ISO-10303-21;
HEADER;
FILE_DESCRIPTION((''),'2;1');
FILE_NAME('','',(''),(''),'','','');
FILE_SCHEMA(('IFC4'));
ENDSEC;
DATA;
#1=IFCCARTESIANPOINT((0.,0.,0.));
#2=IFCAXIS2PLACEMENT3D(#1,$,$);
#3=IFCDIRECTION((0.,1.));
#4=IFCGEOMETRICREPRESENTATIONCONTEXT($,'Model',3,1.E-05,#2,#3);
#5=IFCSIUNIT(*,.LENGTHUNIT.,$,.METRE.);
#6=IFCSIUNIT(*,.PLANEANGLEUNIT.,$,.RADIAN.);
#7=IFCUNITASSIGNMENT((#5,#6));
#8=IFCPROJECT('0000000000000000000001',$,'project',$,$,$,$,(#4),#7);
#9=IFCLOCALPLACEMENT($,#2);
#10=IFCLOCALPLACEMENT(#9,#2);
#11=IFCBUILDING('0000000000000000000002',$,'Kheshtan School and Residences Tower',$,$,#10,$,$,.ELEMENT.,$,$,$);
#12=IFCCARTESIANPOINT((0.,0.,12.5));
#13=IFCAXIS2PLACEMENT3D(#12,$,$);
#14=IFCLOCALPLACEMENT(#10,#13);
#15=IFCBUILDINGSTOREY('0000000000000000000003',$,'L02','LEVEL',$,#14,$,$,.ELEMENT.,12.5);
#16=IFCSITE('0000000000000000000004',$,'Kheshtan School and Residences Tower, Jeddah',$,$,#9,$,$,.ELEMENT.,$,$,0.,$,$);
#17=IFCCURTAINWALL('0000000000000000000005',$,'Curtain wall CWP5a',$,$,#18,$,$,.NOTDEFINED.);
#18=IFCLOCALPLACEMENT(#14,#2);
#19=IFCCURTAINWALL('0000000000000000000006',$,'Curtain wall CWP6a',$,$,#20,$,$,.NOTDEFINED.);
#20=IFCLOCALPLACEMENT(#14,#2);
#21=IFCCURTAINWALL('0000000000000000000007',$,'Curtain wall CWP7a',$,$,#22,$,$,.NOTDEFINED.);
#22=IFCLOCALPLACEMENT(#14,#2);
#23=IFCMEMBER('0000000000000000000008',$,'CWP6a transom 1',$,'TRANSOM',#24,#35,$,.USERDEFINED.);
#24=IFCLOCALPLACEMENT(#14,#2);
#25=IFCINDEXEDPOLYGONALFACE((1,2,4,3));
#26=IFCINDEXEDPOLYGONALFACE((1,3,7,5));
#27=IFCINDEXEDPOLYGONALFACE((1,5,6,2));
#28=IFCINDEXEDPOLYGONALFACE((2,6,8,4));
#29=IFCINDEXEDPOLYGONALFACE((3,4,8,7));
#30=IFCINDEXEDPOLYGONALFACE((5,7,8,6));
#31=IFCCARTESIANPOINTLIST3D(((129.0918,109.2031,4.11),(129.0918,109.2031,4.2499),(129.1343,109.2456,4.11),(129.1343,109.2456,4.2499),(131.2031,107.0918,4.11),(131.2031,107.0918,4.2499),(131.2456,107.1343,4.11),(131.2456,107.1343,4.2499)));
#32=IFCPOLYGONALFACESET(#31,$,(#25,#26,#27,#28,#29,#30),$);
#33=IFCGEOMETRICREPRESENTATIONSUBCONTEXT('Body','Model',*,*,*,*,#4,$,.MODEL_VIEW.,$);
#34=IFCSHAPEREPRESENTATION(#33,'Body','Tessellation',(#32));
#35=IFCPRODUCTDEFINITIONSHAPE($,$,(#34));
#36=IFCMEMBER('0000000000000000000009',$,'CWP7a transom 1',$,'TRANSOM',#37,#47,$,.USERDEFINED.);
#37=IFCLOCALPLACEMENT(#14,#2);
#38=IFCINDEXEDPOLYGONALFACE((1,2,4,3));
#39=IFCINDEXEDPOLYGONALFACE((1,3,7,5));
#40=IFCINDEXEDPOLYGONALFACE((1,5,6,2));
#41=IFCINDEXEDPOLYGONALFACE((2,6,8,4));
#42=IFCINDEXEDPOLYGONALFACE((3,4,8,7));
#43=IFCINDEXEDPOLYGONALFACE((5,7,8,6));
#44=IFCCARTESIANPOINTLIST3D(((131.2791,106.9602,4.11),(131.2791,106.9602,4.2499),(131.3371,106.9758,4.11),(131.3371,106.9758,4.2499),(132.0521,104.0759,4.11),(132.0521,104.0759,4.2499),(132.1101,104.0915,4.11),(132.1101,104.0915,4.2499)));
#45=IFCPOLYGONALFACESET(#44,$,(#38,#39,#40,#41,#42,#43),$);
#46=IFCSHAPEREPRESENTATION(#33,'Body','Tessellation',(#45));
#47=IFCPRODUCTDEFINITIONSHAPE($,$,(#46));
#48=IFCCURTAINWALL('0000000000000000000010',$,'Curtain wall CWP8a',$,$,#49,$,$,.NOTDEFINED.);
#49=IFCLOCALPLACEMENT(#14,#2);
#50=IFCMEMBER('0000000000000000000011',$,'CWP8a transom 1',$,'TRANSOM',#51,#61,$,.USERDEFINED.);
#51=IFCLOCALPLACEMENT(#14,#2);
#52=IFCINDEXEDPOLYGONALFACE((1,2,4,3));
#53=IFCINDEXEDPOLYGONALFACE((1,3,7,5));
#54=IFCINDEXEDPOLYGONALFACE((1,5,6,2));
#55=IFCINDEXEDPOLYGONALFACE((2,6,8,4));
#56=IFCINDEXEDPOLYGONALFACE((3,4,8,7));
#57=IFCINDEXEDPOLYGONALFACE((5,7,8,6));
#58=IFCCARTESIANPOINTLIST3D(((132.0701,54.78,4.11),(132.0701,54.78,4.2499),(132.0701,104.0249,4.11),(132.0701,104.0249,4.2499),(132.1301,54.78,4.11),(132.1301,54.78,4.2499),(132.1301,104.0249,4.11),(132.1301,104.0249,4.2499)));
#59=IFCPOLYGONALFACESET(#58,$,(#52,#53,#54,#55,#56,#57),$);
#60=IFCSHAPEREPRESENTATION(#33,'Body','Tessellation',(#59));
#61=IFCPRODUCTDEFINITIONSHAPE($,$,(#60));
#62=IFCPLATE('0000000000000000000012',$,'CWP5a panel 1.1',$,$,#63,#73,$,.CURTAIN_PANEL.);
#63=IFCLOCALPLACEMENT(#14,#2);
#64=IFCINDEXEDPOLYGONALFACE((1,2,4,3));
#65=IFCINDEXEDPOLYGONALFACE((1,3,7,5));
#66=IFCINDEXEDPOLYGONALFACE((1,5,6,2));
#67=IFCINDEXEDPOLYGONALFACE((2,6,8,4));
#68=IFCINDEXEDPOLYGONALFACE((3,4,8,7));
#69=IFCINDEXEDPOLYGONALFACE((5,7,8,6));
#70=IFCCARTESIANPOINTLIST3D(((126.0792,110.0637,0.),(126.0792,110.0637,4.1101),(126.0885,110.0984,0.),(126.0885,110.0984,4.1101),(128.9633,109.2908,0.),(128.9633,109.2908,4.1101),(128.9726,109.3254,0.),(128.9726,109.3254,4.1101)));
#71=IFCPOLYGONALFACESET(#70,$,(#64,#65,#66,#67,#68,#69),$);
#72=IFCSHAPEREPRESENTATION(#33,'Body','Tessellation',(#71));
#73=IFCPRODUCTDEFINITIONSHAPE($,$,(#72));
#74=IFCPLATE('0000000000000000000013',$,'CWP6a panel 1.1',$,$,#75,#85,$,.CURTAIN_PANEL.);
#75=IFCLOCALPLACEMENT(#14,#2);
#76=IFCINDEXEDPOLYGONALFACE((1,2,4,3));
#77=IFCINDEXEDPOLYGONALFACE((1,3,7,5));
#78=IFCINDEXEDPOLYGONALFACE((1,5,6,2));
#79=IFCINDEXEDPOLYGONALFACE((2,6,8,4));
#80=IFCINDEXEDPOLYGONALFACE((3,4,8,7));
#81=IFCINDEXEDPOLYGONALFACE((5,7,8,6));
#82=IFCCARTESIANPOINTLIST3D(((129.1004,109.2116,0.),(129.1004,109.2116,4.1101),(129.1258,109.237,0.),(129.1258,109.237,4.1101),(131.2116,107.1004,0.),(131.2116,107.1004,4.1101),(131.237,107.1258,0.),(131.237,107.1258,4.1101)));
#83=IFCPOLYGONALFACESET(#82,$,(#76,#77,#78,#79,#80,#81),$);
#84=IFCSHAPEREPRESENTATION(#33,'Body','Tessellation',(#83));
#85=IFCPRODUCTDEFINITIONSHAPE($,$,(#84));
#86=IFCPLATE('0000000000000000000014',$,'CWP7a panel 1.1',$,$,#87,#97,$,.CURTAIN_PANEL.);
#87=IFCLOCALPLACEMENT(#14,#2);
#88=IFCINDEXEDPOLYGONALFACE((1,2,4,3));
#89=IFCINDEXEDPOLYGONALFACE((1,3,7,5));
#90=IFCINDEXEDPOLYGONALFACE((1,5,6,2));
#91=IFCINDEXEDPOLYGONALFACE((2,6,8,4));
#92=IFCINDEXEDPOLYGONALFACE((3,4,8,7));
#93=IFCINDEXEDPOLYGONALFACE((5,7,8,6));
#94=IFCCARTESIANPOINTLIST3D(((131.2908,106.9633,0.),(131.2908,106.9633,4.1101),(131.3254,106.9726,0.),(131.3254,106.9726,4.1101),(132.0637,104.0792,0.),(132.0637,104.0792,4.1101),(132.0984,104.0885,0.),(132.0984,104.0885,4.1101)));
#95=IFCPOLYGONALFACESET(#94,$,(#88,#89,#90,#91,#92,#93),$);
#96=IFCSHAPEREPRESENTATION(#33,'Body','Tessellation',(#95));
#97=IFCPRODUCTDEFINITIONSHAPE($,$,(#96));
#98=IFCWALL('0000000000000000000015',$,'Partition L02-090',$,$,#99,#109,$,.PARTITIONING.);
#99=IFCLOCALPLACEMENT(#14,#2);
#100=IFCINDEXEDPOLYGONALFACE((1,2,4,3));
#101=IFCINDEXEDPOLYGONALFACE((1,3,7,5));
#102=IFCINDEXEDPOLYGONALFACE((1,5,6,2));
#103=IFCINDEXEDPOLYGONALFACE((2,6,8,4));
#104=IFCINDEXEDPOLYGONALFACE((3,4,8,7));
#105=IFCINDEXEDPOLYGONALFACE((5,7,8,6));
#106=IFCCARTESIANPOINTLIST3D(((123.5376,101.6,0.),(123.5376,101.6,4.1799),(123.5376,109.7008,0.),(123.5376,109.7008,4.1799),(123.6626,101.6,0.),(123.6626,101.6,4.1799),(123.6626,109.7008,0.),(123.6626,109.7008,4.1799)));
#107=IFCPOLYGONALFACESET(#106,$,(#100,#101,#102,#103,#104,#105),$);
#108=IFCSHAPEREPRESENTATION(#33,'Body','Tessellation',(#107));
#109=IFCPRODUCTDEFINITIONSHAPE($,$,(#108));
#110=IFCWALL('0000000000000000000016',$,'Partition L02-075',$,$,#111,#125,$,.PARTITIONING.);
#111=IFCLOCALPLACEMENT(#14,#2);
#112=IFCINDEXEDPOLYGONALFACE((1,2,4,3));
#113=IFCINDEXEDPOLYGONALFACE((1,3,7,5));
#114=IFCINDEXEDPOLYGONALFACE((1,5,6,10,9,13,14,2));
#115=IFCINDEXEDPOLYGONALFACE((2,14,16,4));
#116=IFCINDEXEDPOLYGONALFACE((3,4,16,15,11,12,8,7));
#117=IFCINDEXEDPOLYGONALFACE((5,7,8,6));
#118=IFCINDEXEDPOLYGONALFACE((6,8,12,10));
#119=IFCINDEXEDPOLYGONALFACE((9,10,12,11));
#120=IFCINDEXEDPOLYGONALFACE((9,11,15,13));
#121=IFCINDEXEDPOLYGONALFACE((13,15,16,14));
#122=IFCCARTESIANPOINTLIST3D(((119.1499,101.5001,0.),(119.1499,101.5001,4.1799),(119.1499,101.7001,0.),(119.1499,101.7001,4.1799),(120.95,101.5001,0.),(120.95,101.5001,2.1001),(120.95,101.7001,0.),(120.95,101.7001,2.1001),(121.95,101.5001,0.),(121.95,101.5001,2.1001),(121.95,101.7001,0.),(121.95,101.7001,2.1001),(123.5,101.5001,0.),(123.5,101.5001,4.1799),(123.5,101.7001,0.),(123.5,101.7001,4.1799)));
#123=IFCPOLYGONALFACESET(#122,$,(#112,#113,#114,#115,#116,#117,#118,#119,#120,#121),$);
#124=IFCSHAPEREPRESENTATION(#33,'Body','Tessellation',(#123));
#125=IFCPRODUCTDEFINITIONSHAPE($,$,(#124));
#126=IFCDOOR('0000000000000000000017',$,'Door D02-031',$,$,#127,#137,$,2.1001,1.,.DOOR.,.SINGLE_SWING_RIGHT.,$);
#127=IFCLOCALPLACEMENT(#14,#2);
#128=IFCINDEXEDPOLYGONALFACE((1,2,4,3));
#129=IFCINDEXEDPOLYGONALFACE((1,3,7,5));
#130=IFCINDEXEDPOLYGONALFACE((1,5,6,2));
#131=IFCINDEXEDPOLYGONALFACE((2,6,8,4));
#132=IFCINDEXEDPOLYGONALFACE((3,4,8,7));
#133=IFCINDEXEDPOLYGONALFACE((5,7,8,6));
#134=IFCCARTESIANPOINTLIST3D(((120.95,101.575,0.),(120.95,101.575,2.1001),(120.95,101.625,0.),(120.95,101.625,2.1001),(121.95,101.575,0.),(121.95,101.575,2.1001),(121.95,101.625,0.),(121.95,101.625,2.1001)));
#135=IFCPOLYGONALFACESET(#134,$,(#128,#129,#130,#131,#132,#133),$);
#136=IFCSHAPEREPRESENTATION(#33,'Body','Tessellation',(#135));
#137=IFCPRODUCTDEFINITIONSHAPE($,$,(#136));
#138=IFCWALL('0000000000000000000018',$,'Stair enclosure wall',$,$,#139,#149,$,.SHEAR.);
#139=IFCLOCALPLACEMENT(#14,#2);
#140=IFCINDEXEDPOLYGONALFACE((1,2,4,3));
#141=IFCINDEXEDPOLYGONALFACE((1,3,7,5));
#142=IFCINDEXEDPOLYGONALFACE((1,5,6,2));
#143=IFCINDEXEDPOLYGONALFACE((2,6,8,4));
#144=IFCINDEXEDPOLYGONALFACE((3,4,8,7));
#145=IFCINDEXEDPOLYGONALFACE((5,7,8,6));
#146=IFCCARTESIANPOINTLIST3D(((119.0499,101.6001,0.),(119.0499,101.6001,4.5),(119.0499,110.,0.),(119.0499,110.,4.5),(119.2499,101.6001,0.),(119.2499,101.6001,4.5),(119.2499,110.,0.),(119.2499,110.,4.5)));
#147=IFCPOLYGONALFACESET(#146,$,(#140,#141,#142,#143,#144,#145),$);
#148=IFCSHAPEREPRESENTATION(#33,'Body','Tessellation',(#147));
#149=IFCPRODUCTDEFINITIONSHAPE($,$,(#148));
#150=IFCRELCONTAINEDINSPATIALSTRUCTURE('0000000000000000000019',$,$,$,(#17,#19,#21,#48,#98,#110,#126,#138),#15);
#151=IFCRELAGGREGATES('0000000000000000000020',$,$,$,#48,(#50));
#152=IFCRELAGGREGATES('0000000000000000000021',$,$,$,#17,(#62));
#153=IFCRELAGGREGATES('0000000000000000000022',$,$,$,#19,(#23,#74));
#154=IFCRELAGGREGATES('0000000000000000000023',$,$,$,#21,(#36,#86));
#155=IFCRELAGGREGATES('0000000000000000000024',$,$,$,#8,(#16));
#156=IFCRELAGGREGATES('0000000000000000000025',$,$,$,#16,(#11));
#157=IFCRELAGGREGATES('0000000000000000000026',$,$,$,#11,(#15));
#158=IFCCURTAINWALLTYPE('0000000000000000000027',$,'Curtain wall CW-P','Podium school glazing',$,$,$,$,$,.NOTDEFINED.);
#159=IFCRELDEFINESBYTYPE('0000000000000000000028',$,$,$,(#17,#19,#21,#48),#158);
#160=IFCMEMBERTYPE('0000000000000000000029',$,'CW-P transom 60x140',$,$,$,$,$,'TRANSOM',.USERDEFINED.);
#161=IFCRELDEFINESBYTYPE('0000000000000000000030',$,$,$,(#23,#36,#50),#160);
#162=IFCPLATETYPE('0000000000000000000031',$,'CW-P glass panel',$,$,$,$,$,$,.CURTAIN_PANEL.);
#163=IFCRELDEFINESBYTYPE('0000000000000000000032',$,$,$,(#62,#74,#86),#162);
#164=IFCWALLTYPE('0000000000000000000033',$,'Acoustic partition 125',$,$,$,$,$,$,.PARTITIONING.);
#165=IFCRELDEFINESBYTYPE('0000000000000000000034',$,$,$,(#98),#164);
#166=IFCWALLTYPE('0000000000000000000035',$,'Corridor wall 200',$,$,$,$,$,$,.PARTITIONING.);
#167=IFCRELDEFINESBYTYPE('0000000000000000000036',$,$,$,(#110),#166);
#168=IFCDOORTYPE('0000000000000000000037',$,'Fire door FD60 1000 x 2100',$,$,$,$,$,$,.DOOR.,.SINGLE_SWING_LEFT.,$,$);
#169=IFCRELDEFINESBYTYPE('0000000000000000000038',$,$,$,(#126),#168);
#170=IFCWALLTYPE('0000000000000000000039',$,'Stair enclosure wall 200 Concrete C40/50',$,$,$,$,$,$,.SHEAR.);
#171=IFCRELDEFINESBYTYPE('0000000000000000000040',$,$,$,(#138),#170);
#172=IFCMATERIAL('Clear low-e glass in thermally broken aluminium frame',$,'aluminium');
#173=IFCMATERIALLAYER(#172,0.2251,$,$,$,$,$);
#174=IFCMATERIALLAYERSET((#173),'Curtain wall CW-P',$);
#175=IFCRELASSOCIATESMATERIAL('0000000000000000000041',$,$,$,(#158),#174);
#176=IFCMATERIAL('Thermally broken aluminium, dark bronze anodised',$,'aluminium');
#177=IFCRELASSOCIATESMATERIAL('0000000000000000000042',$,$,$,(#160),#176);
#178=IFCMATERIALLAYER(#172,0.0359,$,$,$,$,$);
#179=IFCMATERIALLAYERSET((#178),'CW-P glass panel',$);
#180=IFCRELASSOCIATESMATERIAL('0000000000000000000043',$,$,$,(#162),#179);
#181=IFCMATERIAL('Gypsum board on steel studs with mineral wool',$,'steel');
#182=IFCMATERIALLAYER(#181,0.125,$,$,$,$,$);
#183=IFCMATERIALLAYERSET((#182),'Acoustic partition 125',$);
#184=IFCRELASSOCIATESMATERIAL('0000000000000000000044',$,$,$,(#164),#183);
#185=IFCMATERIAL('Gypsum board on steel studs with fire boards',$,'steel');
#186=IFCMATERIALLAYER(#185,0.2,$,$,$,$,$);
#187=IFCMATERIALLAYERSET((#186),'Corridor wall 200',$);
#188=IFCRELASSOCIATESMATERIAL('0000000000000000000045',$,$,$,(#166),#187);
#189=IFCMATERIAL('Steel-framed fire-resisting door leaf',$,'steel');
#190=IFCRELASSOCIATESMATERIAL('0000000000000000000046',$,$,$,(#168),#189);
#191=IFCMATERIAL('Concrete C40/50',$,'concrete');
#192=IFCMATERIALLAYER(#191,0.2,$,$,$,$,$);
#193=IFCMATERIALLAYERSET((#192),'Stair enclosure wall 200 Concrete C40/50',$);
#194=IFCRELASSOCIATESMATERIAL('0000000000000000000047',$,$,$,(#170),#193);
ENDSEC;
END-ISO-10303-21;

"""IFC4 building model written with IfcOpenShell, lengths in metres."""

from ifc_helpers import new_model, si_unit, direction, frame, frame_2d, origin, origin_2d, place, context, subcontext, project, spatial, rectangle, extrude, source, transform, mapped, material, layer, layer_set, material_profile, profile_set, type_object, element, fill, aggregate, save


model = new_model("IFC4")

# Units and contexts
model_context = context("Model", 3, precision=1e-05, world=origin(), true_north=direction((0.0, 1.0)))
body_context = subcontext(model_context, "Body", "Model", "MODEL_VIEW")
ifc_project = project(units=[si_unit("LENGTHUNIT", "METRE"), si_unit("PLANEANGLEUNIT", "RADIAN")], contexts=[model_context])

# Site, building, storey
site_placement = place(None, origin())
site = spatial("IfcSite", under=ifc_project, at=site_placement, Name="Kheshtan School and Residences Tower, Jeddah", CompositionType="ELEMENT", RefElevation=0.0)
building_placement = place(site_placement, origin())
building = spatial("IfcBuilding", under=site, at=building_placement, Name="Kheshtan School and Residences Tower", CompositionType="ELEMENT")
storey_placement = place(building_placement, frame((0.0, 0.0, 12.5)))
storey = spatial("IfcBuildingStorey", under=building, at=storey_placement, Name="L02", Description="LEVEL", CompositionType="ELEMENT", Elevation=12.5)

# Curtain walls
ifc_material_1 = material(Name="Clear low-e glass in thermally broken aluminium frame", Category="aluminium")
ifc_layer_1 = layer(ifc_material_1, 0.2251)
ifc_layer_set_1 = layer_set([ifc_layer_1], Name="Curtain wall CW-P")
curtain_wall_type = type_object("IfcCurtainWallType", Name="Curtain wall CW-P", Description="Podium school glazing", PredefinedType="NOTDEFINED", material=ifc_layer_set_1)
curtain_wall_1_placement = place(storey_placement, origin())
curtain_wall_1 = element("IfcCurtainWall", 1, at=curtain_wall_1_placement, inside=storey, type_object=curtain_wall_type, Name="Curtain wall CWP5a", PredefinedType="NOTDEFINED")
ifc_material_2 = material(Name="Thermally broken aluminium, dark bronze anodised", Category="aluminium")
curtain_wall_2_placement = place(storey_placement, origin())
curtain_wall_2 = element("IfcCurtainWall", 2, at=curtain_wall_2_placement, inside=storey, type_object=curtain_wall_type, Name="Curtain wall CWP6a", PredefinedType="NOTDEFINED")
curtain_wall_3_placement = place(storey_placement, origin())
curtain_wall_3 = element("IfcCurtainWall", 3, at=curtain_wall_3_placement, inside=storey, type_object=curtain_wall_type, Name="Curtain wall CWP7a", PredefinedType="NOTDEFINED")

# Members
ifc_material_profile_1 = material_profile(ifc_material_2, rectangle(XDim=0.0601, YDim=0.1399, at=origin_2d()), Name="CW-P transom 60x140")
ifc_profile_set_1 = profile_set([ifc_material_profile_1], Name="Thermally broken aluminium, dark bronze anodised")
member_type_1 = type_object("IfcMemberType", Name="CW-P transom 60x140", ElementType="TRANSOM", PredefinedType="USERDEFINED", material=ifc_profile_set_1)
member_1_placement = place(storey_placement, frame((129.113, 109.2244, 4.1799), z_axis=(0.707107, -0.707107, 0.0), x_axis=(0.707107, 0.707107, 0.0)))
member_1 = element("IfcMember", 4, at=member_1_placement, type_object=member_type_1, Name="CWP6a transom 1", ObjectType="TRANSOM", PredefinedType="USERDEFINED", context=body_context, shape_type="SweptSolid", body=[
    extrude(rectangle(XDim=0.0601, YDim=0.1399, at=origin_2d()), origin(), (0.0, 0.0, 1.0), 2.9858),
])
member_2_placement = place(storey_placement, frame((131.3081, 106.968, 4.1799), z_axis=(0.258853, -0.965917, 0.0), x_axis=(0.965917, 0.258853, 0.0)))
member_2 = element("IfcMember", 5, at=member_2_placement, type_object=member_type_1, Name="CWP7a transom 1", ObjectType="TRANSOM", PredefinedType="USERDEFINED", context=body_context, shape_type="SweptSolid", body=[
    extrude(rectangle(XDim=0.0601, YDim=0.1399, at=origin_2d()), origin(), (0.0, 0.0, 1.0), 2.9861),
])

# Curtain wall, member
curtain_wall_4_placement = place(storey_placement, origin())
curtain_wall_4 = element("IfcCurtainWall", 6, at=curtain_wall_4_placement, inside=storey, type_object=curtain_wall_type, Name="Curtain wall CWP8a", PredefinedType="NOTDEFINED")
member_3_placement = place(storey_placement, frame((132.1001, 104.0249, 4.1799), z_axis=(0.0, -1.0, 0.0), x_axis=(1.0, 0.0, 0.0)))
member_3 = element("IfcMember", 7, at=member_3_placement, type_object=member_type_1, Name="CWP8a transom 1", ObjectType="TRANSOM", PredefinedType="USERDEFINED", context=body_context, shape_type="SweptSolid", body=[
    extrude(rectangle(XDim=0.0601, YDim=0.1399, at=origin_2d()), origin(), (0.0, 0.0, 1.0), 49.2449),
])
aggregate(curtain_wall_4, [member_3])

# Plates
ifc_layer_2 = layer(ifc_material_1, 0.0359)
ifc_layer_set_2 = layer_set([ifc_layer_2], Name="CW-P glass panel")
plate_type = type_object("IfcPlateType", Name="CW-P glass panel", PredefinedType="CURTAIN_PANEL", material=ifc_layer_set_2)
plate_1_placement = place(storey_placement, frame((127.5259, 109.6946, 0.0), z_axis=(0.0, 0.0, 1.0), x_axis=(0.965914, -0.258865, 0.0)))
plate_1 = element("IfcPlate", 8, at=plate_1_placement, type_object=plate_type, Name="CWP5a panel 1.1", PredefinedType="CURTAIN_PANEL", context=body_context, shape_type="SweptSolid", body=[
    extrude(rectangle(XDim=2.9858, YDim=0.0359, at=origin_2d()), origin(), (0.0, 0.0, 1.0), 4.1101),
])
aggregate(curtain_wall_1, [plate_1])
plate_2_placement = place(storey_placement, frame((130.1687, 108.1687, 0.0), z_axis=(0.0, 0.0, 1.0), x_axis=(0.707107, -0.707107, 0.0)))
plate_2 = element("IfcPlate", 9, at=plate_2_placement, type_object=plate_type, Name="CWP6a panel 1.1", PredefinedType="CURTAIN_PANEL", context=body_context, shape_type="SweptSolid", body=[
    extrude(rectangle(XDim=2.9856, YDim=0.0359, at=origin_2d()), origin(), (0.0, 0.0, 1.0), 4.1101),
])
aggregate(curtain_wall_2, [member_1, plate_2])
plate_3_placement = place(storey_placement, frame((131.6946, 105.5259, 0.0), z_axis=(0.0, 0.0, 1.0), x_axis=(0.258865, -0.965914, 0.0)))
plate_3 = element("IfcPlate", 10, at=plate_3_placement, type_object=plate_type, Name="CWP7a panel 1.1", PredefinedType="CURTAIN_PANEL", context=body_context, shape_type="SweptSolid", body=[
    extrude(rectangle(XDim=2.9858, YDim=0.0359, at=origin_2d()), origin(), (0.0, 0.0, 1.0), 4.1101),
])
aggregate(curtain_wall_3, [member_2, plate_3])

# Wall
ifc_material_3 = material(Name="Gypsum board on steel studs with mineral wool", Category="steel")
ifc_layer_3 = layer(ifc_material_3, 0.125)
ifc_layer_set_3 = layer_set([ifc_layer_3], Name="Acoustic partition 125")
wall_type_1 = type_object("IfcWallType", Name="Acoustic partition 125", PredefinedType="PARTITIONING", material=ifc_layer_set_3)
wall_1_placement = place(storey_placement, frame((123.6001, 101.6001, 0.0), z_axis=(0.0, 0.0, 1.0), x_axis=(0.0, 1.0, 0.0)))
element("IfcWall", 11, at=wall_1_placement, inside=storey, type_object=wall_type_1, Name="Partition L02-090", PredefinedType="PARTITIONING", context=body_context, shape_type="SweptSolid", body=[
    extrude(rectangle(XDim=8.1008, YDim=0.125, at=frame_2d((4.0503, 0.0))), origin(), (0.0, 0.0, 1.0), 4.1799),
])

# Wall, opening, door
ifc_material_4 = material(Name="Gypsum board on steel studs with fire boards", Category="steel")
ifc_layer_4 = layer(ifc_material_4, 0.2)
ifc_layer_set_4 = layer_set([ifc_layer_4], Name="Corridor wall 200")
wall_type_2 = type_object("IfcWallType", Name="Corridor wall 200", PredefinedType="PARTITIONING", material=ifc_layer_set_4)
wall_2_placement = place(storey_placement, frame((119.1499, 101.6001, 0.0), z_axis=(0.0, 0.0, 1.0), x_axis=(1.0, 0.0, 0.0)))
wall_2 = element("IfcWall", 12, at=wall_2_placement, inside=storey, type_object=wall_type_2, Name="Partition L02-075", PredefinedType="PARTITIONING", context=body_context, shape_type="SweptSolid", body=[
    extrude(rectangle(XDim=4.3501, YDim=0.2, at=frame_2d((2.175, 0.0))), origin(), (0.0, 0.0, 1.0), 4.1799),
])
opening_placement = place(wall_2_placement, frame((1.8, 0.0, 0.0)))
opening = element("IfcOpeningElement", 13, at=opening_placement, cuts=wall_2, PredefinedType="OPENING", context=body_context, shape_type="SweptSolid", body=[
    extrude(rectangle(XDim=1.0, YDim=2.1001, at=frame_2d((0.5, 1.05))), frame((0.0, 0.1099, 0.0), z_axis=(0.0, -1.0, 0.0), x_axis=(1.0, 0.0, 0.0)), (0.0, 0.0, 1.0), 0.22),
])
ifc_material_5 = material(Name="Steel-framed fire-resisting door leaf", Category="steel")
door_type = type_object("IfcDoorType", Name="Fire door FD60 1000 x 2100", OperationType="SINGLE_SWING_LEFT", PredefinedType="DOOR", material=ifc_material_5)
shared_shape = source(origin(), body_context, "Body", "SweptSolid", [
    extrude(rectangle(XDim=1.0, YDim=2.1001, at=frame_2d((0.5, 1.05))), frame((0.0, 0.0249, 0.0), z_axis=(0.0, -1.0, 0.0), x_axis=(1.0, 0.0, 0.0)), (0.0, 0.0, 1.0), 0.05),
])
door_placement = place(opening_placement, origin())
door = element("IfcDoor", 14, at=door_placement, inside=storey, type_object=door_type, Name="Door D02-031", OperationType="SINGLE_SWING_RIGHT", OverallHeight=2.1001, OverallWidth=1.0, PredefinedType="DOOR", context=body_context, shape_type="MappedRepresentation", body=[
    mapped(shared_shape, transform((0.0, 0.0, 0.0), x_axis=(1.0, 0.0, 0.0), y_axis=(0.0, 1.0, 0.0), z_axis=(0.0, 0.0, 1.0), scale=1.0)),
])
fill(opening, door)

# Wall
ifc_material_6 = material(Name="Concrete C40/50", Category="concrete")
ifc_layer_5 = layer(ifc_material_6, 0.2)
ifc_layer_set_5 = layer_set([ifc_layer_5], Name="Stair enclosure wall 200 Concrete C40/50")
wall_type_3 = type_object("IfcWallType", Name="Stair enclosure wall 200 Concrete C40/50", PredefinedType="SHEAR", material=ifc_layer_set_5)
wall_3_placement = place(storey_placement, frame((119.1499, 101.6001, 0.0), z_axis=(0.0, 0.0, 1.0), x_axis=(0.0, 1.0, 0.0)))
element("IfcWall", 15, at=wall_3_placement, inside=storey, type_object=wall_type_3, Name="Stair enclosure wall", PredefinedType="SHEAR", context=body_context, shape_type="SweptSolid", body=[
    extrude(rectangle(XDim=8.3999, YDim=0.2, at=frame_2d((4.2, 0.0))), origin(), (0.0, 0.0, 1.0), 4.5),
])

save(model, "model.ifc")
